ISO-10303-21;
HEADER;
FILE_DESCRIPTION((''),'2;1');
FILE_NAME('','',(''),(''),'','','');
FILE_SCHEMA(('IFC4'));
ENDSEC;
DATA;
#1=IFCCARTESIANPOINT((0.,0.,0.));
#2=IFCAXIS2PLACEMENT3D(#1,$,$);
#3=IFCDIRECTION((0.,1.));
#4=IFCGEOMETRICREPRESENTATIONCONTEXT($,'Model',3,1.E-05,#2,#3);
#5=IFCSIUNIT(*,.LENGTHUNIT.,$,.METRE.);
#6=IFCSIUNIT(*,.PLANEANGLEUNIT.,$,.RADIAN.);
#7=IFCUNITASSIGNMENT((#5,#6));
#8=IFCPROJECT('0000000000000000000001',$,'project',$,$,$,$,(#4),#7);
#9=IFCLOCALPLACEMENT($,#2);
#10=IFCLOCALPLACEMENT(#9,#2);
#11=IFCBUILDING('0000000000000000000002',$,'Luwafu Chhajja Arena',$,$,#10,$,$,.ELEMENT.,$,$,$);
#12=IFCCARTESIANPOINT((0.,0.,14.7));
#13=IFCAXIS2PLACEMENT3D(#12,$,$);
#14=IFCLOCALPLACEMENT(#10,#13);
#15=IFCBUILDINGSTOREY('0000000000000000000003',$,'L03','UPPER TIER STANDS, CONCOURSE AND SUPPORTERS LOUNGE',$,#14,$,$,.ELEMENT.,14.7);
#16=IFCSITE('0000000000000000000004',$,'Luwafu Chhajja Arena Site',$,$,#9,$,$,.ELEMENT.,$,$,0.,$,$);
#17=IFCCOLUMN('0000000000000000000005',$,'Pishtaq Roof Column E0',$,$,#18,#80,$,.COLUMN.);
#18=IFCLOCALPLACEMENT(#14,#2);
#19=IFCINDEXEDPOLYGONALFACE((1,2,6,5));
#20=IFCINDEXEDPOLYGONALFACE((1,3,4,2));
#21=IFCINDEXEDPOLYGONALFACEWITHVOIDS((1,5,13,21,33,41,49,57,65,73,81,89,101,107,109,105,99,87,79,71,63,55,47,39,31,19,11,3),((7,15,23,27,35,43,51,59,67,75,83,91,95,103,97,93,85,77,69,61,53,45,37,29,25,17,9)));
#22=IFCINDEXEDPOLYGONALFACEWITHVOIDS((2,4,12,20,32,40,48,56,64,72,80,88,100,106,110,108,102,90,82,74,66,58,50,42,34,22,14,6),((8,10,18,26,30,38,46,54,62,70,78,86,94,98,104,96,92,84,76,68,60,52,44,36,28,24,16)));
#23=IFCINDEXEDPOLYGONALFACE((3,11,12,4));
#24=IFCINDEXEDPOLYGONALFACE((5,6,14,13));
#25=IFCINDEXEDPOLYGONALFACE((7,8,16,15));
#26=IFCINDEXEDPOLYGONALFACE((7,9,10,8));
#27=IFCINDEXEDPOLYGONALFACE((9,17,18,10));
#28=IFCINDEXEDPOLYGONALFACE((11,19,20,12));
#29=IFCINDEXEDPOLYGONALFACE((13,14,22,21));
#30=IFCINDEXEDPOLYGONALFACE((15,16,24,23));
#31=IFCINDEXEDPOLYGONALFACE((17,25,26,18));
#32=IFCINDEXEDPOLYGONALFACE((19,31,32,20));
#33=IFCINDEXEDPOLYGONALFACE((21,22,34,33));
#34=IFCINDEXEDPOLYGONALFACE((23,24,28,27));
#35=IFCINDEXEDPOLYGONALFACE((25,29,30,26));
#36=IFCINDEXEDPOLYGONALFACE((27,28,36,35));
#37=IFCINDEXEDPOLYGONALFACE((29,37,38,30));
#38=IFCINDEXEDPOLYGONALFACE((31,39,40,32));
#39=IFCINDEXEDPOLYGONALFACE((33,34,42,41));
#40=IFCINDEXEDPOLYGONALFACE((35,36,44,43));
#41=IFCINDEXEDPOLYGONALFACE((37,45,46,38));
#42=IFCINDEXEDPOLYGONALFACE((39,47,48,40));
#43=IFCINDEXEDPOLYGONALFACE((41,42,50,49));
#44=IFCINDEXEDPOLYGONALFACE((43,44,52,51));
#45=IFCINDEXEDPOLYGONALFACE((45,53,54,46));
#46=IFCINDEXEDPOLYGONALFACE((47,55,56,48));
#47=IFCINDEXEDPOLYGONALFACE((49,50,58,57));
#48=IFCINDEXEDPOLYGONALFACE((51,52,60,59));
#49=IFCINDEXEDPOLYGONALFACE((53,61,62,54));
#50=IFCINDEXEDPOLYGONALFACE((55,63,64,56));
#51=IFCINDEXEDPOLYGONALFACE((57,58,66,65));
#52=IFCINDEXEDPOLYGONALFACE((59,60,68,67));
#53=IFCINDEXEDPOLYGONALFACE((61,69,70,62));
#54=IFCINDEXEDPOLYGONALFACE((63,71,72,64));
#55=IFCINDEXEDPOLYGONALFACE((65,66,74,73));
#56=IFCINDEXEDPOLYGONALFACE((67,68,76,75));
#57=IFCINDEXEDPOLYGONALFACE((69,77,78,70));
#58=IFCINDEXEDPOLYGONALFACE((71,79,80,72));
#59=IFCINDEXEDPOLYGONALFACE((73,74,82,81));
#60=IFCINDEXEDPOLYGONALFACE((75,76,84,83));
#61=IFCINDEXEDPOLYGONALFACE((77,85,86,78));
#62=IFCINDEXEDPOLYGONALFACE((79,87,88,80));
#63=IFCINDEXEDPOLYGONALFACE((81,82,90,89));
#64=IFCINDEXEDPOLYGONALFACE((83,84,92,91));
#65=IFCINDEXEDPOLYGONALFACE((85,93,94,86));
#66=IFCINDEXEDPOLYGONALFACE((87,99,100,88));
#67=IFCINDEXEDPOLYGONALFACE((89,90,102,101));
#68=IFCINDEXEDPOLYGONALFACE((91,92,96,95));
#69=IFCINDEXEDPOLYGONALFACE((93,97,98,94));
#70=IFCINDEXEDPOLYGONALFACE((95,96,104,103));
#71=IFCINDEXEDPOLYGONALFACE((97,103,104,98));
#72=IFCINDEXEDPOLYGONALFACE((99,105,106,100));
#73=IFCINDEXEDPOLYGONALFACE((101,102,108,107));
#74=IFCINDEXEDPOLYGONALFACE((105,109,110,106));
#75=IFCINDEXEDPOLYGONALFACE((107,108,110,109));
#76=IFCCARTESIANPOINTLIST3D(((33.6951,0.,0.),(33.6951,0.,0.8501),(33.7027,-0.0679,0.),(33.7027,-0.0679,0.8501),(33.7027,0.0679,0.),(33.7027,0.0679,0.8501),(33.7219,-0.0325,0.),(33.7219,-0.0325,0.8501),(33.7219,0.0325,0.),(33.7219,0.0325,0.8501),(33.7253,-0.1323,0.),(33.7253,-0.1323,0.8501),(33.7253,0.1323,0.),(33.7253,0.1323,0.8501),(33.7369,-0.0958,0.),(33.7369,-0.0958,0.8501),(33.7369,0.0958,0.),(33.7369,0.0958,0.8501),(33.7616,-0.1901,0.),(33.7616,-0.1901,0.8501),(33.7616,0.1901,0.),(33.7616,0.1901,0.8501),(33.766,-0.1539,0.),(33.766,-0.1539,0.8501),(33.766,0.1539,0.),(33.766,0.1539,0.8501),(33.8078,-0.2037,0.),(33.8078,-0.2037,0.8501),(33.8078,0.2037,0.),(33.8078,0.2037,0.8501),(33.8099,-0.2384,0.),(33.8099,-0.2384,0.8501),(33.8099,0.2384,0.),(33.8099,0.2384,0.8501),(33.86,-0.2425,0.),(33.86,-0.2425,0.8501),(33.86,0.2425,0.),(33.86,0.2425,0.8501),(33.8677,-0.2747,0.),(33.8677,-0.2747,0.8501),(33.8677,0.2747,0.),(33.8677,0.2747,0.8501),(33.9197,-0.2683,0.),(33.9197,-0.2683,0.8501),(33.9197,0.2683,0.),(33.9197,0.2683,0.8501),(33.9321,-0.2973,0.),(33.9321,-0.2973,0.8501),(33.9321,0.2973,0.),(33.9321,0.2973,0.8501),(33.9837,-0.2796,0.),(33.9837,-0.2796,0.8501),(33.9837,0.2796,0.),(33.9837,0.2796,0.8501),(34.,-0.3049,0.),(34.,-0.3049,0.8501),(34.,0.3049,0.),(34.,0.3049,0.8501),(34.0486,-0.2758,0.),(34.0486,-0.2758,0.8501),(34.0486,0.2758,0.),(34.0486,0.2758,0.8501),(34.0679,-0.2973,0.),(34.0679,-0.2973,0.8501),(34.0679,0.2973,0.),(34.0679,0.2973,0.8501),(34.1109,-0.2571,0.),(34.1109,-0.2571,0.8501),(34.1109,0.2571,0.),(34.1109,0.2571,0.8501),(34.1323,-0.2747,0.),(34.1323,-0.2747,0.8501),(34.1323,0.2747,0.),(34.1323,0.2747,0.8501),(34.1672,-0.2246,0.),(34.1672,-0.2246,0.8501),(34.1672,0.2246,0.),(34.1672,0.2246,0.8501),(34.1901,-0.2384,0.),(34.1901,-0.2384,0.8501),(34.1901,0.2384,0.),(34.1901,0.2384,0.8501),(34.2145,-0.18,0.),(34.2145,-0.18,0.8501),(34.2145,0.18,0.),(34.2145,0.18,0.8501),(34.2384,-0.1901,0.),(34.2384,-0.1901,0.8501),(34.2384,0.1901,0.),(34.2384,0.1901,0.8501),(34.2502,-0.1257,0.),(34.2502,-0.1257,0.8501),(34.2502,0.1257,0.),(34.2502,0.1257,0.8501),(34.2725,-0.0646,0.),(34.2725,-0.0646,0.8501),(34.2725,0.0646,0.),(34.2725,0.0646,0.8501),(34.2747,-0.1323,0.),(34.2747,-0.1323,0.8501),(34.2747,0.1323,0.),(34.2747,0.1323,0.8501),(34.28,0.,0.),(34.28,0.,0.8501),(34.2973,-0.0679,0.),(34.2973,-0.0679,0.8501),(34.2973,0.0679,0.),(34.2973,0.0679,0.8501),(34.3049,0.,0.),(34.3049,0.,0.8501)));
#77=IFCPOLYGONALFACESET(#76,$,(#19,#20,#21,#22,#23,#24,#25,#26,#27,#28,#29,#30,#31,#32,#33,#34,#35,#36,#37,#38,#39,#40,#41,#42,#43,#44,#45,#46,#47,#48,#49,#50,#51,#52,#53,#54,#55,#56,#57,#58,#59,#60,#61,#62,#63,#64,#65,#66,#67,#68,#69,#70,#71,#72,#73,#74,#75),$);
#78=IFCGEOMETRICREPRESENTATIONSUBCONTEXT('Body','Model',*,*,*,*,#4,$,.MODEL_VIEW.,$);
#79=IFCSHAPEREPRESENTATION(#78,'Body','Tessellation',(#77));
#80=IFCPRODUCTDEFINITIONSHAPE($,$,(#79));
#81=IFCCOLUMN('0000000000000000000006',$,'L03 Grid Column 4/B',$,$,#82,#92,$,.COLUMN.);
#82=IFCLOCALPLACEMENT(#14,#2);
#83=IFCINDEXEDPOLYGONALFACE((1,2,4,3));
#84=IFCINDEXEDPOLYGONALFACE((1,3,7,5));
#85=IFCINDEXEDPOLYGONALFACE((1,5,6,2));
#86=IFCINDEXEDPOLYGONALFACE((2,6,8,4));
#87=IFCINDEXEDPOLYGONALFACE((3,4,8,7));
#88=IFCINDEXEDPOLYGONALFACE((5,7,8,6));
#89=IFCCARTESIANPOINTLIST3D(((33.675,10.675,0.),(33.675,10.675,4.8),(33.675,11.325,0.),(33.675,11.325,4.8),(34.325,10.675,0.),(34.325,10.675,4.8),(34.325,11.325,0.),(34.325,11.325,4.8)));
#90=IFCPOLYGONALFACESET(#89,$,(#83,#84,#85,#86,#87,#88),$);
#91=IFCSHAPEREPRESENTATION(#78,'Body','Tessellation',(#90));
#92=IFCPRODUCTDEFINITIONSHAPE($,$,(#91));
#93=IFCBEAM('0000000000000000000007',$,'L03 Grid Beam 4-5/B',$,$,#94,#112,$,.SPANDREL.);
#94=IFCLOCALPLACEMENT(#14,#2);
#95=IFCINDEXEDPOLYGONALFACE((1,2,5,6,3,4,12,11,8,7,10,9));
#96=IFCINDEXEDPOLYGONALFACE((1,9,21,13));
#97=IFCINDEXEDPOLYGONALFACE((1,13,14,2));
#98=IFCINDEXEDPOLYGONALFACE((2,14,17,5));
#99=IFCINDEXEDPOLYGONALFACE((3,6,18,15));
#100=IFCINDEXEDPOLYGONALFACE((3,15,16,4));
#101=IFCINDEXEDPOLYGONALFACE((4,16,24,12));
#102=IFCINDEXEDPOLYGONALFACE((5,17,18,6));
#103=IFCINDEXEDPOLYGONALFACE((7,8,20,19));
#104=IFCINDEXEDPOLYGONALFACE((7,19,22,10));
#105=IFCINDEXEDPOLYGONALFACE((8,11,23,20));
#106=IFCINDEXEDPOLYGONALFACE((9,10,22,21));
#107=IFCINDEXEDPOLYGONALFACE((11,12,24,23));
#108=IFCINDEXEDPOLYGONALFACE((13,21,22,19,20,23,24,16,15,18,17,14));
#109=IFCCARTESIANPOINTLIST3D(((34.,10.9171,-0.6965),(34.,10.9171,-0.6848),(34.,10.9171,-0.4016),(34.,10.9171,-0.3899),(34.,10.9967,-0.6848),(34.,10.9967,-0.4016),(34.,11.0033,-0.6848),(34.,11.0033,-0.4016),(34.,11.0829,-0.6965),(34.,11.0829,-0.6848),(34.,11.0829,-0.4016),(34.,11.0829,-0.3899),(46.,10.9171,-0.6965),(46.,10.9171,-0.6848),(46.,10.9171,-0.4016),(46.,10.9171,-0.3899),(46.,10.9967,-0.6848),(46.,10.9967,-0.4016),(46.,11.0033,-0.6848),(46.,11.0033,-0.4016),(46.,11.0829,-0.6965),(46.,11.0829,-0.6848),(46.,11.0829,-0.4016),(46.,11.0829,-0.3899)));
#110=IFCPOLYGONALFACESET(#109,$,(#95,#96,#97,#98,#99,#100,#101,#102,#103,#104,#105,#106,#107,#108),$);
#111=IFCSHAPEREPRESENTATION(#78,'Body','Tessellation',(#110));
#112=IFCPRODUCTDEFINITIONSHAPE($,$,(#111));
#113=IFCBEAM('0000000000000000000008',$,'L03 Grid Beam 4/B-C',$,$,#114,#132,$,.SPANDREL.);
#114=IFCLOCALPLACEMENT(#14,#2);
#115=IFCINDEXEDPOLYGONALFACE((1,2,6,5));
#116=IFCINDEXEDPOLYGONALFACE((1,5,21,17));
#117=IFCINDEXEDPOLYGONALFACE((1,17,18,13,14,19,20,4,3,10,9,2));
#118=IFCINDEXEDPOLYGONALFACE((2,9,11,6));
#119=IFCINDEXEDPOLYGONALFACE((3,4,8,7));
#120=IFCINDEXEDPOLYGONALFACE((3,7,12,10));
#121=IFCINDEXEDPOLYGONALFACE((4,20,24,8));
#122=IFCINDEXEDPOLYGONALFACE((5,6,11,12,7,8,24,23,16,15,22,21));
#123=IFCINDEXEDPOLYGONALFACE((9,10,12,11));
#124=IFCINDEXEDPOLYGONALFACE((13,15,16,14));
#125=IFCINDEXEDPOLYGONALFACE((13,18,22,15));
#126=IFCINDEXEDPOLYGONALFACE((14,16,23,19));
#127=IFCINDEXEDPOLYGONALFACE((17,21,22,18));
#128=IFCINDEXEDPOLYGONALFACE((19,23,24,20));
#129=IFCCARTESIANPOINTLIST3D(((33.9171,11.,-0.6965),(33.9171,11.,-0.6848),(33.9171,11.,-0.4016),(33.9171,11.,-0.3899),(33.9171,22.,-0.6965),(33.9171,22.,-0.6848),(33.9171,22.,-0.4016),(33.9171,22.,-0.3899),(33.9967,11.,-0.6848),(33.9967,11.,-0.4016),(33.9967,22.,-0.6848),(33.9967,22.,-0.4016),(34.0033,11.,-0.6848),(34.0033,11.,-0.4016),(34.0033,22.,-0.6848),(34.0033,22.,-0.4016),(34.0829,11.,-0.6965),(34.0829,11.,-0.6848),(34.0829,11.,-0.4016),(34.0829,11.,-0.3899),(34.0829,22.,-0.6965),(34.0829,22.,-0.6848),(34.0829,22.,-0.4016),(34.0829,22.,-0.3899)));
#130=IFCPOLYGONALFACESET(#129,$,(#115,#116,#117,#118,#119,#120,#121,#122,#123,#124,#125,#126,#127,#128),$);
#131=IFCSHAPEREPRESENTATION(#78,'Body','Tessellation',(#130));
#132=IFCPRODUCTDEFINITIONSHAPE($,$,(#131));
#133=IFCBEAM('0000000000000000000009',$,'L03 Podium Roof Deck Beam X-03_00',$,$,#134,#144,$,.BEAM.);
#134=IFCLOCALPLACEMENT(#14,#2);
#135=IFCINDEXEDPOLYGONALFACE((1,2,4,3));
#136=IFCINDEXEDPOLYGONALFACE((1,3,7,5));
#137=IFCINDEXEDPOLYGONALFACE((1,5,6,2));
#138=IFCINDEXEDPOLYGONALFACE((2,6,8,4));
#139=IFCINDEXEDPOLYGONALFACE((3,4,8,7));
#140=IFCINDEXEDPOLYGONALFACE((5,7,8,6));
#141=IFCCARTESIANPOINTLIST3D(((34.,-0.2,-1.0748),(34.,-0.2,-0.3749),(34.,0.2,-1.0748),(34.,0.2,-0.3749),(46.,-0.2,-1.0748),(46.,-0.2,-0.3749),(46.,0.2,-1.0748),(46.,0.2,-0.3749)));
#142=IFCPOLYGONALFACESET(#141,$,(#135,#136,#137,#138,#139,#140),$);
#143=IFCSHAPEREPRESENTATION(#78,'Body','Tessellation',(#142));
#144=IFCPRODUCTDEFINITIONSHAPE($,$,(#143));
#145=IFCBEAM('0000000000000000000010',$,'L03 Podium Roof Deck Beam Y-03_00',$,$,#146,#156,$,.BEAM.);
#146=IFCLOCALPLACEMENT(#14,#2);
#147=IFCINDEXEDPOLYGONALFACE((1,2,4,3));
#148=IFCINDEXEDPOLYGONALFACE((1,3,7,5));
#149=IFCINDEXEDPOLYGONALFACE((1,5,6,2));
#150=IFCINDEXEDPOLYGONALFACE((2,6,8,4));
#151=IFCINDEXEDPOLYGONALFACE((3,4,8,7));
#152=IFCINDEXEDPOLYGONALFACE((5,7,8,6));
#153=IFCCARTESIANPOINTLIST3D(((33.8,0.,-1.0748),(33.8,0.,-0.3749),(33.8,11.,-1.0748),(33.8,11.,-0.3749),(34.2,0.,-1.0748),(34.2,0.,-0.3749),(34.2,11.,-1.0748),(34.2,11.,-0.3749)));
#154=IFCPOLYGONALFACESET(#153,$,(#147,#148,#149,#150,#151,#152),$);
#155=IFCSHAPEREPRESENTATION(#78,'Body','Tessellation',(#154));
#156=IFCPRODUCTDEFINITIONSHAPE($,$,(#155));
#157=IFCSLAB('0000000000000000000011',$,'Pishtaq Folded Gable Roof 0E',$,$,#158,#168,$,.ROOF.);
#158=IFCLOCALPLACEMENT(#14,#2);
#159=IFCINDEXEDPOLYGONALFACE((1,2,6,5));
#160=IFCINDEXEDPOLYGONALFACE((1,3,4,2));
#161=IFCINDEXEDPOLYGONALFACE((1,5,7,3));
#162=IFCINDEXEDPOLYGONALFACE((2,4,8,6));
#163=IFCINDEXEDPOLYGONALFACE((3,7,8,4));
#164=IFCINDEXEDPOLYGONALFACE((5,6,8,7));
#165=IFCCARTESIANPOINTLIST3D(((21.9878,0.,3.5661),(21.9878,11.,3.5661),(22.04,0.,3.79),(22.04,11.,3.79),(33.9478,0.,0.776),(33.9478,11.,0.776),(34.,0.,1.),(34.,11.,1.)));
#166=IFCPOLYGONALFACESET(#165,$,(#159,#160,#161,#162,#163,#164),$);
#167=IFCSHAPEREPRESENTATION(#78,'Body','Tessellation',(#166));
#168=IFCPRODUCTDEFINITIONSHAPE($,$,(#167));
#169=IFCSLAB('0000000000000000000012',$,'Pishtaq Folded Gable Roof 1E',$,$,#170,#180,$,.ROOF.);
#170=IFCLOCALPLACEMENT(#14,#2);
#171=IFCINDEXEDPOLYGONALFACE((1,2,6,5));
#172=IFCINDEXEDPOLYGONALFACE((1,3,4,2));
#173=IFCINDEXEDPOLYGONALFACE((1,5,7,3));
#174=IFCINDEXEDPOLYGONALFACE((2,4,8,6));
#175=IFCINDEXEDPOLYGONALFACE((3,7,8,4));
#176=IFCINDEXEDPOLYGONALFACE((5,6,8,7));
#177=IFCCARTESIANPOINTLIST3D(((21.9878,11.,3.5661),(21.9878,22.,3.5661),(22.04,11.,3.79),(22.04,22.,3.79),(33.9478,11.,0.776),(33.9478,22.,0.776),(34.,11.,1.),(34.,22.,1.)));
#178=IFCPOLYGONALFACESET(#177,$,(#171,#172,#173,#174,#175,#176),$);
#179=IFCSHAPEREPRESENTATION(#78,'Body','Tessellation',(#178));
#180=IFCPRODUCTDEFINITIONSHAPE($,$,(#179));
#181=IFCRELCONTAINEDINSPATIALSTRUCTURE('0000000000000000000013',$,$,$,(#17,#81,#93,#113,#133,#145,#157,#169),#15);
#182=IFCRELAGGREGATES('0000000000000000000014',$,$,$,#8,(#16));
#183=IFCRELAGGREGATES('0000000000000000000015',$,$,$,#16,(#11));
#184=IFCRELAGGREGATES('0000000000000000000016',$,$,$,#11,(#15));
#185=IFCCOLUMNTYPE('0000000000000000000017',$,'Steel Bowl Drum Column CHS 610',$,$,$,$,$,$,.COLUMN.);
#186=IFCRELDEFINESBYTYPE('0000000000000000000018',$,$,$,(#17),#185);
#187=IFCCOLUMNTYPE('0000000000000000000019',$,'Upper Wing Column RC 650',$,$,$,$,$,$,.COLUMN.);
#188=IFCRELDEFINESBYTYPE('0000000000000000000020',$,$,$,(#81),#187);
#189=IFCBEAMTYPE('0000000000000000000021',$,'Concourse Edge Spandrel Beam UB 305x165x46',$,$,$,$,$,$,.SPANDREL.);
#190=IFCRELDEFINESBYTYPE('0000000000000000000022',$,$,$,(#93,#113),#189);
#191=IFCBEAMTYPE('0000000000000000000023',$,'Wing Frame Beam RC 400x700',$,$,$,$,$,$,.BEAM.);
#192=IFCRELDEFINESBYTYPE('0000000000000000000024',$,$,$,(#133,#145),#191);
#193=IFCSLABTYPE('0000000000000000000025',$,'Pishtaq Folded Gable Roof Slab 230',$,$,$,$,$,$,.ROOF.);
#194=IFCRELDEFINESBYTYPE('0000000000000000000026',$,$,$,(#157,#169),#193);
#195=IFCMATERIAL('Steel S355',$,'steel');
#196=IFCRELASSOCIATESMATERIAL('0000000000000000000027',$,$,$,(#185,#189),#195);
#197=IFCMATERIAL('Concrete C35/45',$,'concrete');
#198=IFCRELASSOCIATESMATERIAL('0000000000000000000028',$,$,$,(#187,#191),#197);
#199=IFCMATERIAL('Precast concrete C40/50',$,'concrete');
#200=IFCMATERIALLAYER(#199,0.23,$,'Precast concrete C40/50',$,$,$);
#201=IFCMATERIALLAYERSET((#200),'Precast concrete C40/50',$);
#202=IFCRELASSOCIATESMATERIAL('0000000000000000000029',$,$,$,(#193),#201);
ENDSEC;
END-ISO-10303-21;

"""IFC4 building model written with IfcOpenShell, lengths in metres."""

from ifc_helpers import new_model, si_unit, direction, frame, origin, origin_2d, place, context, subcontext, project, spatial, polyline, rectangle, hollow_circle, i_section, outline, extrude, material, layer, layer_set, material_profile, profile_set, type_object, element, save


model = new_model("IFC4")

# Units and contexts
model_context = context("Model", 3, precision=1e-05, world=origin(), true_north=direction((0.0, 1.0)))
body_context = subcontext(model_context, "Body", "Model", "MODEL_VIEW")
ifc_project = project(units=[si_unit("LENGTHUNIT", "METRE"), si_unit("PLANEANGLEUNIT", "RADIAN")], contexts=[model_context])

# Site, building, storey
site_placement = place(None, origin())
site = spatial("IfcSite", under=ifc_project, at=site_placement, Name="Luwafu Chhajja Arena Site", CompositionType="ELEMENT", RefElevation=0.0)
building_placement = place(site_placement, origin())
building = spatial("IfcBuilding", under=site, at=building_placement, Name="Luwafu Chhajja Arena", CompositionType="ELEMENT")
storey_placement = place(building_placement, frame((0.0, 0.0, 14.7)))
storey = spatial("IfcBuildingStorey", under=building, at=storey_placement, Name="L03", Description="UPPER TIER STANDS, CONCOURSE AND SUPPORTERS LOUNGE", CompositionType="ELEMENT", Elevation=14.7)

# Columns
ifc_material_1 = material(Name="Steel S355", Category="steel")
ifc_material_profile_1 = material_profile(ifc_material_1, hollow_circle(Radius=0.3049, WallThickness=0.0249, at=origin_2d()), Name="CHS 610x25")
ifc_profile_set_1 = profile_set([ifc_material_profile_1], Name="Steel S355")
column_type_1 = type_object("IfcColumnType", Name="Steel Bowl Drum Column CHS 610", PredefinedType="COLUMN", material=ifc_profile_set_1)
column_1_placement = place(storey_placement, frame((34.0, 0.0, 0.0), z_axis=(0.0, 0.0, 1.0), x_axis=(1.0, 0.0, 0.0)))
element("IfcColumn", 1, at=column_1_placement, inside=storey, type_object=column_type_1, Name="Pishtaq Roof Column E0", PredefinedType="COLUMN", context=body_context, shape_type="SweptSolid", body=[
    extrude(hollow_circle(Radius=0.3049, WallThickness=0.0249, at=origin_2d()), origin(), (0.0, 0.0, 1.0), 0.8501),
])
ifc_material_2 = material(Name="Concrete C35/45", Category="concrete")
ifc_material_profile_2 = material_profile(ifc_material_2, rectangle(XDim=0.6499, YDim=0.6499, at=origin_2d()), Name="RC 650x650")
ifc_profile_set_2 = profile_set([ifc_material_profile_2], Name="Concrete C35/45")
column_type_2 = type_object("IfcColumnType", Name="Upper Wing Column RC 650", PredefinedType="COLUMN", material=ifc_profile_set_2)
column_2_placement = place(storey_placement, frame((34.0, 11.0, 0.0), z_axis=(0.0, 0.0, 1.0), x_axis=(1.0, 0.0, 0.0)))
element("IfcColumn", 2, at=column_2_placement, inside=storey, type_object=column_type_2, Name="L03 Grid Column 4/B", PredefinedType="COLUMN", context=body_context, shape_type="SweptSolid", body=[
    extrude(rectangle(XDim=0.6499, YDim=0.6499, at=origin_2d()), origin(), (0.0, 0.0, 1.0), 4.8),
])

# Beams
ifc_material_profile_3 = material_profile(ifc_material_1, i_section(OverallWidth=0.1658, OverallDepth=0.3066, WebThickness=0.0066, FlangeThickness=0.0117, at=origin_2d()), Name="UB 305x165x46")
ifc_profile_set_3 = profile_set([ifc_material_profile_3], Name="Steel S355")
beam_type_1 = type_object("IfcBeamType", Name="Concourse Edge Spandrel Beam UB 305x165x46", PredefinedType="SPANDREL", material=ifc_profile_set_3)
beam_1_placement = place(storey_placement, frame((34.0, 11.0, -0.5432), z_axis=(1.0, 0.0, 0.0), x_axis=(0.0, 1.0, 0.0)))
element("IfcBeam", 3, at=beam_1_placement, inside=storey, type_object=beam_type_1, Name="L03 Grid Beam 4-5/B", PredefinedType="SPANDREL", context=body_context, shape_type="SweptSolid", body=[
    extrude(i_section(OverallWidth=0.1658, OverallDepth=0.3066, WebThickness=0.0066, FlangeThickness=0.0117, at=origin_2d()), origin(), (0.0, 0.0, 1.0), 12.0),
])
beam_2_placement = place(storey_placement, frame((34.0, 11.0, -0.5432), z_axis=(0.0, 1.0, 0.0), x_axis=(-1.0, 0.0, 0.0)))
element("IfcBeam", 4, at=beam_2_placement, inside=storey, type_object=beam_type_1, Name="L03 Grid Beam 4/B-C", PredefinedType="SPANDREL", context=body_context, shape_type="SweptSolid", body=[
    extrude(i_section(OverallWidth=0.1658, OverallDepth=0.3066, WebThickness=0.0066, FlangeThickness=0.0117, at=origin_2d()), origin(), (0.0, 0.0, 1.0), 11.0),
])
ifc_material_profile_4 = material_profile(ifc_material_2, rectangle(XDim=0.3999, YDim=0.7, at=origin_2d()), Name="RC 400x700")
ifc_profile_set_4 = profile_set([ifc_material_profile_4], Name="Concrete C35/45")
beam_type_2 = type_object("IfcBeamType", Name="Wing Frame Beam RC 400x700", PredefinedType="BEAM", material=ifc_profile_set_4)
beam_3_placement = place(storey_placement, frame((34.0, 0.0, -0.7249), z_axis=(1.0, 0.0, 0.0), x_axis=(0.0, 1.0, 0.0)))
element("IfcBeam", 5, at=beam_3_placement, inside=storey, type_object=beam_type_2, Name="L03 Podium Roof Deck Beam X-03_00", PredefinedType="BEAM", context=body_context, shape_type="SweptSolid", body=[
    extrude(rectangle(XDim=0.3999, YDim=0.7, at=origin_2d()), origin(), (0.0, 0.0, 1.0), 12.0),
])
beam_4_placement = place(storey_placement, frame((34.0, 0.0, -0.7249), z_axis=(0.0, 1.0, 0.0), x_axis=(-1.0, 0.0, 0.0)))
element("IfcBeam", 6, at=beam_4_placement, inside=storey, type_object=beam_type_2, Name="L03 Podium Roof Deck Beam Y-03_00", PredefinedType="BEAM", context=body_context, shape_type="SweptSolid", body=[
    extrude(rectangle(XDim=0.3999, YDim=0.7, at=origin_2d()), origin(), (0.0, 0.0, 1.0), 11.0),
])

# Slabs
ifc_material_3 = material(Name="Precast concrete C40/50", Category="concrete")
ifc_layer_1 = layer(ifc_material_3, 0.23, Name="Precast concrete C40/50")
ifc_layer_set_1 = layer_set([ifc_layer_1], Name="Precast concrete C40/50")
slab_type = type_object("IfcSlabType", Name="Pishtaq Folded Gable Roof Slab 230", PredefinedType="ROOF", material=ifc_layer_set_1)
for number, where, z_axis, x_axis, name in (
    (7, (22.04, 0.0, 3.79), (0.227182, 0.0, 0.973852), (0.973852, 0.0, -0.227182), "Pishtaq Folded Gable Roof 0E"),
    (8, (22.04, 11.0, 3.79), (0.227182, 0.0, 0.973852), (0.973852, 0.0, -0.227182), "Pishtaq Folded Gable Roof 1E"),
):
    element("IfcSlab", number, at=place(storey_placement, frame(where, z_axis=z_axis, x_axis=x_axis)), inside=storey, type_object=slab_type, Name=name, PredefinedType="ROOF", context=body_context, shape_type="SweptSolid", body=[
        extrude(outline(polyline([(0.0, 0.0), (12.2811, 0.0), (12.2811, 11.0), (0.0, 11.0), (0.0, 0.0)])), origin(), (0.0, 0.0, -1.0), 0.23),
    ])

save(model, "model.ifc")
